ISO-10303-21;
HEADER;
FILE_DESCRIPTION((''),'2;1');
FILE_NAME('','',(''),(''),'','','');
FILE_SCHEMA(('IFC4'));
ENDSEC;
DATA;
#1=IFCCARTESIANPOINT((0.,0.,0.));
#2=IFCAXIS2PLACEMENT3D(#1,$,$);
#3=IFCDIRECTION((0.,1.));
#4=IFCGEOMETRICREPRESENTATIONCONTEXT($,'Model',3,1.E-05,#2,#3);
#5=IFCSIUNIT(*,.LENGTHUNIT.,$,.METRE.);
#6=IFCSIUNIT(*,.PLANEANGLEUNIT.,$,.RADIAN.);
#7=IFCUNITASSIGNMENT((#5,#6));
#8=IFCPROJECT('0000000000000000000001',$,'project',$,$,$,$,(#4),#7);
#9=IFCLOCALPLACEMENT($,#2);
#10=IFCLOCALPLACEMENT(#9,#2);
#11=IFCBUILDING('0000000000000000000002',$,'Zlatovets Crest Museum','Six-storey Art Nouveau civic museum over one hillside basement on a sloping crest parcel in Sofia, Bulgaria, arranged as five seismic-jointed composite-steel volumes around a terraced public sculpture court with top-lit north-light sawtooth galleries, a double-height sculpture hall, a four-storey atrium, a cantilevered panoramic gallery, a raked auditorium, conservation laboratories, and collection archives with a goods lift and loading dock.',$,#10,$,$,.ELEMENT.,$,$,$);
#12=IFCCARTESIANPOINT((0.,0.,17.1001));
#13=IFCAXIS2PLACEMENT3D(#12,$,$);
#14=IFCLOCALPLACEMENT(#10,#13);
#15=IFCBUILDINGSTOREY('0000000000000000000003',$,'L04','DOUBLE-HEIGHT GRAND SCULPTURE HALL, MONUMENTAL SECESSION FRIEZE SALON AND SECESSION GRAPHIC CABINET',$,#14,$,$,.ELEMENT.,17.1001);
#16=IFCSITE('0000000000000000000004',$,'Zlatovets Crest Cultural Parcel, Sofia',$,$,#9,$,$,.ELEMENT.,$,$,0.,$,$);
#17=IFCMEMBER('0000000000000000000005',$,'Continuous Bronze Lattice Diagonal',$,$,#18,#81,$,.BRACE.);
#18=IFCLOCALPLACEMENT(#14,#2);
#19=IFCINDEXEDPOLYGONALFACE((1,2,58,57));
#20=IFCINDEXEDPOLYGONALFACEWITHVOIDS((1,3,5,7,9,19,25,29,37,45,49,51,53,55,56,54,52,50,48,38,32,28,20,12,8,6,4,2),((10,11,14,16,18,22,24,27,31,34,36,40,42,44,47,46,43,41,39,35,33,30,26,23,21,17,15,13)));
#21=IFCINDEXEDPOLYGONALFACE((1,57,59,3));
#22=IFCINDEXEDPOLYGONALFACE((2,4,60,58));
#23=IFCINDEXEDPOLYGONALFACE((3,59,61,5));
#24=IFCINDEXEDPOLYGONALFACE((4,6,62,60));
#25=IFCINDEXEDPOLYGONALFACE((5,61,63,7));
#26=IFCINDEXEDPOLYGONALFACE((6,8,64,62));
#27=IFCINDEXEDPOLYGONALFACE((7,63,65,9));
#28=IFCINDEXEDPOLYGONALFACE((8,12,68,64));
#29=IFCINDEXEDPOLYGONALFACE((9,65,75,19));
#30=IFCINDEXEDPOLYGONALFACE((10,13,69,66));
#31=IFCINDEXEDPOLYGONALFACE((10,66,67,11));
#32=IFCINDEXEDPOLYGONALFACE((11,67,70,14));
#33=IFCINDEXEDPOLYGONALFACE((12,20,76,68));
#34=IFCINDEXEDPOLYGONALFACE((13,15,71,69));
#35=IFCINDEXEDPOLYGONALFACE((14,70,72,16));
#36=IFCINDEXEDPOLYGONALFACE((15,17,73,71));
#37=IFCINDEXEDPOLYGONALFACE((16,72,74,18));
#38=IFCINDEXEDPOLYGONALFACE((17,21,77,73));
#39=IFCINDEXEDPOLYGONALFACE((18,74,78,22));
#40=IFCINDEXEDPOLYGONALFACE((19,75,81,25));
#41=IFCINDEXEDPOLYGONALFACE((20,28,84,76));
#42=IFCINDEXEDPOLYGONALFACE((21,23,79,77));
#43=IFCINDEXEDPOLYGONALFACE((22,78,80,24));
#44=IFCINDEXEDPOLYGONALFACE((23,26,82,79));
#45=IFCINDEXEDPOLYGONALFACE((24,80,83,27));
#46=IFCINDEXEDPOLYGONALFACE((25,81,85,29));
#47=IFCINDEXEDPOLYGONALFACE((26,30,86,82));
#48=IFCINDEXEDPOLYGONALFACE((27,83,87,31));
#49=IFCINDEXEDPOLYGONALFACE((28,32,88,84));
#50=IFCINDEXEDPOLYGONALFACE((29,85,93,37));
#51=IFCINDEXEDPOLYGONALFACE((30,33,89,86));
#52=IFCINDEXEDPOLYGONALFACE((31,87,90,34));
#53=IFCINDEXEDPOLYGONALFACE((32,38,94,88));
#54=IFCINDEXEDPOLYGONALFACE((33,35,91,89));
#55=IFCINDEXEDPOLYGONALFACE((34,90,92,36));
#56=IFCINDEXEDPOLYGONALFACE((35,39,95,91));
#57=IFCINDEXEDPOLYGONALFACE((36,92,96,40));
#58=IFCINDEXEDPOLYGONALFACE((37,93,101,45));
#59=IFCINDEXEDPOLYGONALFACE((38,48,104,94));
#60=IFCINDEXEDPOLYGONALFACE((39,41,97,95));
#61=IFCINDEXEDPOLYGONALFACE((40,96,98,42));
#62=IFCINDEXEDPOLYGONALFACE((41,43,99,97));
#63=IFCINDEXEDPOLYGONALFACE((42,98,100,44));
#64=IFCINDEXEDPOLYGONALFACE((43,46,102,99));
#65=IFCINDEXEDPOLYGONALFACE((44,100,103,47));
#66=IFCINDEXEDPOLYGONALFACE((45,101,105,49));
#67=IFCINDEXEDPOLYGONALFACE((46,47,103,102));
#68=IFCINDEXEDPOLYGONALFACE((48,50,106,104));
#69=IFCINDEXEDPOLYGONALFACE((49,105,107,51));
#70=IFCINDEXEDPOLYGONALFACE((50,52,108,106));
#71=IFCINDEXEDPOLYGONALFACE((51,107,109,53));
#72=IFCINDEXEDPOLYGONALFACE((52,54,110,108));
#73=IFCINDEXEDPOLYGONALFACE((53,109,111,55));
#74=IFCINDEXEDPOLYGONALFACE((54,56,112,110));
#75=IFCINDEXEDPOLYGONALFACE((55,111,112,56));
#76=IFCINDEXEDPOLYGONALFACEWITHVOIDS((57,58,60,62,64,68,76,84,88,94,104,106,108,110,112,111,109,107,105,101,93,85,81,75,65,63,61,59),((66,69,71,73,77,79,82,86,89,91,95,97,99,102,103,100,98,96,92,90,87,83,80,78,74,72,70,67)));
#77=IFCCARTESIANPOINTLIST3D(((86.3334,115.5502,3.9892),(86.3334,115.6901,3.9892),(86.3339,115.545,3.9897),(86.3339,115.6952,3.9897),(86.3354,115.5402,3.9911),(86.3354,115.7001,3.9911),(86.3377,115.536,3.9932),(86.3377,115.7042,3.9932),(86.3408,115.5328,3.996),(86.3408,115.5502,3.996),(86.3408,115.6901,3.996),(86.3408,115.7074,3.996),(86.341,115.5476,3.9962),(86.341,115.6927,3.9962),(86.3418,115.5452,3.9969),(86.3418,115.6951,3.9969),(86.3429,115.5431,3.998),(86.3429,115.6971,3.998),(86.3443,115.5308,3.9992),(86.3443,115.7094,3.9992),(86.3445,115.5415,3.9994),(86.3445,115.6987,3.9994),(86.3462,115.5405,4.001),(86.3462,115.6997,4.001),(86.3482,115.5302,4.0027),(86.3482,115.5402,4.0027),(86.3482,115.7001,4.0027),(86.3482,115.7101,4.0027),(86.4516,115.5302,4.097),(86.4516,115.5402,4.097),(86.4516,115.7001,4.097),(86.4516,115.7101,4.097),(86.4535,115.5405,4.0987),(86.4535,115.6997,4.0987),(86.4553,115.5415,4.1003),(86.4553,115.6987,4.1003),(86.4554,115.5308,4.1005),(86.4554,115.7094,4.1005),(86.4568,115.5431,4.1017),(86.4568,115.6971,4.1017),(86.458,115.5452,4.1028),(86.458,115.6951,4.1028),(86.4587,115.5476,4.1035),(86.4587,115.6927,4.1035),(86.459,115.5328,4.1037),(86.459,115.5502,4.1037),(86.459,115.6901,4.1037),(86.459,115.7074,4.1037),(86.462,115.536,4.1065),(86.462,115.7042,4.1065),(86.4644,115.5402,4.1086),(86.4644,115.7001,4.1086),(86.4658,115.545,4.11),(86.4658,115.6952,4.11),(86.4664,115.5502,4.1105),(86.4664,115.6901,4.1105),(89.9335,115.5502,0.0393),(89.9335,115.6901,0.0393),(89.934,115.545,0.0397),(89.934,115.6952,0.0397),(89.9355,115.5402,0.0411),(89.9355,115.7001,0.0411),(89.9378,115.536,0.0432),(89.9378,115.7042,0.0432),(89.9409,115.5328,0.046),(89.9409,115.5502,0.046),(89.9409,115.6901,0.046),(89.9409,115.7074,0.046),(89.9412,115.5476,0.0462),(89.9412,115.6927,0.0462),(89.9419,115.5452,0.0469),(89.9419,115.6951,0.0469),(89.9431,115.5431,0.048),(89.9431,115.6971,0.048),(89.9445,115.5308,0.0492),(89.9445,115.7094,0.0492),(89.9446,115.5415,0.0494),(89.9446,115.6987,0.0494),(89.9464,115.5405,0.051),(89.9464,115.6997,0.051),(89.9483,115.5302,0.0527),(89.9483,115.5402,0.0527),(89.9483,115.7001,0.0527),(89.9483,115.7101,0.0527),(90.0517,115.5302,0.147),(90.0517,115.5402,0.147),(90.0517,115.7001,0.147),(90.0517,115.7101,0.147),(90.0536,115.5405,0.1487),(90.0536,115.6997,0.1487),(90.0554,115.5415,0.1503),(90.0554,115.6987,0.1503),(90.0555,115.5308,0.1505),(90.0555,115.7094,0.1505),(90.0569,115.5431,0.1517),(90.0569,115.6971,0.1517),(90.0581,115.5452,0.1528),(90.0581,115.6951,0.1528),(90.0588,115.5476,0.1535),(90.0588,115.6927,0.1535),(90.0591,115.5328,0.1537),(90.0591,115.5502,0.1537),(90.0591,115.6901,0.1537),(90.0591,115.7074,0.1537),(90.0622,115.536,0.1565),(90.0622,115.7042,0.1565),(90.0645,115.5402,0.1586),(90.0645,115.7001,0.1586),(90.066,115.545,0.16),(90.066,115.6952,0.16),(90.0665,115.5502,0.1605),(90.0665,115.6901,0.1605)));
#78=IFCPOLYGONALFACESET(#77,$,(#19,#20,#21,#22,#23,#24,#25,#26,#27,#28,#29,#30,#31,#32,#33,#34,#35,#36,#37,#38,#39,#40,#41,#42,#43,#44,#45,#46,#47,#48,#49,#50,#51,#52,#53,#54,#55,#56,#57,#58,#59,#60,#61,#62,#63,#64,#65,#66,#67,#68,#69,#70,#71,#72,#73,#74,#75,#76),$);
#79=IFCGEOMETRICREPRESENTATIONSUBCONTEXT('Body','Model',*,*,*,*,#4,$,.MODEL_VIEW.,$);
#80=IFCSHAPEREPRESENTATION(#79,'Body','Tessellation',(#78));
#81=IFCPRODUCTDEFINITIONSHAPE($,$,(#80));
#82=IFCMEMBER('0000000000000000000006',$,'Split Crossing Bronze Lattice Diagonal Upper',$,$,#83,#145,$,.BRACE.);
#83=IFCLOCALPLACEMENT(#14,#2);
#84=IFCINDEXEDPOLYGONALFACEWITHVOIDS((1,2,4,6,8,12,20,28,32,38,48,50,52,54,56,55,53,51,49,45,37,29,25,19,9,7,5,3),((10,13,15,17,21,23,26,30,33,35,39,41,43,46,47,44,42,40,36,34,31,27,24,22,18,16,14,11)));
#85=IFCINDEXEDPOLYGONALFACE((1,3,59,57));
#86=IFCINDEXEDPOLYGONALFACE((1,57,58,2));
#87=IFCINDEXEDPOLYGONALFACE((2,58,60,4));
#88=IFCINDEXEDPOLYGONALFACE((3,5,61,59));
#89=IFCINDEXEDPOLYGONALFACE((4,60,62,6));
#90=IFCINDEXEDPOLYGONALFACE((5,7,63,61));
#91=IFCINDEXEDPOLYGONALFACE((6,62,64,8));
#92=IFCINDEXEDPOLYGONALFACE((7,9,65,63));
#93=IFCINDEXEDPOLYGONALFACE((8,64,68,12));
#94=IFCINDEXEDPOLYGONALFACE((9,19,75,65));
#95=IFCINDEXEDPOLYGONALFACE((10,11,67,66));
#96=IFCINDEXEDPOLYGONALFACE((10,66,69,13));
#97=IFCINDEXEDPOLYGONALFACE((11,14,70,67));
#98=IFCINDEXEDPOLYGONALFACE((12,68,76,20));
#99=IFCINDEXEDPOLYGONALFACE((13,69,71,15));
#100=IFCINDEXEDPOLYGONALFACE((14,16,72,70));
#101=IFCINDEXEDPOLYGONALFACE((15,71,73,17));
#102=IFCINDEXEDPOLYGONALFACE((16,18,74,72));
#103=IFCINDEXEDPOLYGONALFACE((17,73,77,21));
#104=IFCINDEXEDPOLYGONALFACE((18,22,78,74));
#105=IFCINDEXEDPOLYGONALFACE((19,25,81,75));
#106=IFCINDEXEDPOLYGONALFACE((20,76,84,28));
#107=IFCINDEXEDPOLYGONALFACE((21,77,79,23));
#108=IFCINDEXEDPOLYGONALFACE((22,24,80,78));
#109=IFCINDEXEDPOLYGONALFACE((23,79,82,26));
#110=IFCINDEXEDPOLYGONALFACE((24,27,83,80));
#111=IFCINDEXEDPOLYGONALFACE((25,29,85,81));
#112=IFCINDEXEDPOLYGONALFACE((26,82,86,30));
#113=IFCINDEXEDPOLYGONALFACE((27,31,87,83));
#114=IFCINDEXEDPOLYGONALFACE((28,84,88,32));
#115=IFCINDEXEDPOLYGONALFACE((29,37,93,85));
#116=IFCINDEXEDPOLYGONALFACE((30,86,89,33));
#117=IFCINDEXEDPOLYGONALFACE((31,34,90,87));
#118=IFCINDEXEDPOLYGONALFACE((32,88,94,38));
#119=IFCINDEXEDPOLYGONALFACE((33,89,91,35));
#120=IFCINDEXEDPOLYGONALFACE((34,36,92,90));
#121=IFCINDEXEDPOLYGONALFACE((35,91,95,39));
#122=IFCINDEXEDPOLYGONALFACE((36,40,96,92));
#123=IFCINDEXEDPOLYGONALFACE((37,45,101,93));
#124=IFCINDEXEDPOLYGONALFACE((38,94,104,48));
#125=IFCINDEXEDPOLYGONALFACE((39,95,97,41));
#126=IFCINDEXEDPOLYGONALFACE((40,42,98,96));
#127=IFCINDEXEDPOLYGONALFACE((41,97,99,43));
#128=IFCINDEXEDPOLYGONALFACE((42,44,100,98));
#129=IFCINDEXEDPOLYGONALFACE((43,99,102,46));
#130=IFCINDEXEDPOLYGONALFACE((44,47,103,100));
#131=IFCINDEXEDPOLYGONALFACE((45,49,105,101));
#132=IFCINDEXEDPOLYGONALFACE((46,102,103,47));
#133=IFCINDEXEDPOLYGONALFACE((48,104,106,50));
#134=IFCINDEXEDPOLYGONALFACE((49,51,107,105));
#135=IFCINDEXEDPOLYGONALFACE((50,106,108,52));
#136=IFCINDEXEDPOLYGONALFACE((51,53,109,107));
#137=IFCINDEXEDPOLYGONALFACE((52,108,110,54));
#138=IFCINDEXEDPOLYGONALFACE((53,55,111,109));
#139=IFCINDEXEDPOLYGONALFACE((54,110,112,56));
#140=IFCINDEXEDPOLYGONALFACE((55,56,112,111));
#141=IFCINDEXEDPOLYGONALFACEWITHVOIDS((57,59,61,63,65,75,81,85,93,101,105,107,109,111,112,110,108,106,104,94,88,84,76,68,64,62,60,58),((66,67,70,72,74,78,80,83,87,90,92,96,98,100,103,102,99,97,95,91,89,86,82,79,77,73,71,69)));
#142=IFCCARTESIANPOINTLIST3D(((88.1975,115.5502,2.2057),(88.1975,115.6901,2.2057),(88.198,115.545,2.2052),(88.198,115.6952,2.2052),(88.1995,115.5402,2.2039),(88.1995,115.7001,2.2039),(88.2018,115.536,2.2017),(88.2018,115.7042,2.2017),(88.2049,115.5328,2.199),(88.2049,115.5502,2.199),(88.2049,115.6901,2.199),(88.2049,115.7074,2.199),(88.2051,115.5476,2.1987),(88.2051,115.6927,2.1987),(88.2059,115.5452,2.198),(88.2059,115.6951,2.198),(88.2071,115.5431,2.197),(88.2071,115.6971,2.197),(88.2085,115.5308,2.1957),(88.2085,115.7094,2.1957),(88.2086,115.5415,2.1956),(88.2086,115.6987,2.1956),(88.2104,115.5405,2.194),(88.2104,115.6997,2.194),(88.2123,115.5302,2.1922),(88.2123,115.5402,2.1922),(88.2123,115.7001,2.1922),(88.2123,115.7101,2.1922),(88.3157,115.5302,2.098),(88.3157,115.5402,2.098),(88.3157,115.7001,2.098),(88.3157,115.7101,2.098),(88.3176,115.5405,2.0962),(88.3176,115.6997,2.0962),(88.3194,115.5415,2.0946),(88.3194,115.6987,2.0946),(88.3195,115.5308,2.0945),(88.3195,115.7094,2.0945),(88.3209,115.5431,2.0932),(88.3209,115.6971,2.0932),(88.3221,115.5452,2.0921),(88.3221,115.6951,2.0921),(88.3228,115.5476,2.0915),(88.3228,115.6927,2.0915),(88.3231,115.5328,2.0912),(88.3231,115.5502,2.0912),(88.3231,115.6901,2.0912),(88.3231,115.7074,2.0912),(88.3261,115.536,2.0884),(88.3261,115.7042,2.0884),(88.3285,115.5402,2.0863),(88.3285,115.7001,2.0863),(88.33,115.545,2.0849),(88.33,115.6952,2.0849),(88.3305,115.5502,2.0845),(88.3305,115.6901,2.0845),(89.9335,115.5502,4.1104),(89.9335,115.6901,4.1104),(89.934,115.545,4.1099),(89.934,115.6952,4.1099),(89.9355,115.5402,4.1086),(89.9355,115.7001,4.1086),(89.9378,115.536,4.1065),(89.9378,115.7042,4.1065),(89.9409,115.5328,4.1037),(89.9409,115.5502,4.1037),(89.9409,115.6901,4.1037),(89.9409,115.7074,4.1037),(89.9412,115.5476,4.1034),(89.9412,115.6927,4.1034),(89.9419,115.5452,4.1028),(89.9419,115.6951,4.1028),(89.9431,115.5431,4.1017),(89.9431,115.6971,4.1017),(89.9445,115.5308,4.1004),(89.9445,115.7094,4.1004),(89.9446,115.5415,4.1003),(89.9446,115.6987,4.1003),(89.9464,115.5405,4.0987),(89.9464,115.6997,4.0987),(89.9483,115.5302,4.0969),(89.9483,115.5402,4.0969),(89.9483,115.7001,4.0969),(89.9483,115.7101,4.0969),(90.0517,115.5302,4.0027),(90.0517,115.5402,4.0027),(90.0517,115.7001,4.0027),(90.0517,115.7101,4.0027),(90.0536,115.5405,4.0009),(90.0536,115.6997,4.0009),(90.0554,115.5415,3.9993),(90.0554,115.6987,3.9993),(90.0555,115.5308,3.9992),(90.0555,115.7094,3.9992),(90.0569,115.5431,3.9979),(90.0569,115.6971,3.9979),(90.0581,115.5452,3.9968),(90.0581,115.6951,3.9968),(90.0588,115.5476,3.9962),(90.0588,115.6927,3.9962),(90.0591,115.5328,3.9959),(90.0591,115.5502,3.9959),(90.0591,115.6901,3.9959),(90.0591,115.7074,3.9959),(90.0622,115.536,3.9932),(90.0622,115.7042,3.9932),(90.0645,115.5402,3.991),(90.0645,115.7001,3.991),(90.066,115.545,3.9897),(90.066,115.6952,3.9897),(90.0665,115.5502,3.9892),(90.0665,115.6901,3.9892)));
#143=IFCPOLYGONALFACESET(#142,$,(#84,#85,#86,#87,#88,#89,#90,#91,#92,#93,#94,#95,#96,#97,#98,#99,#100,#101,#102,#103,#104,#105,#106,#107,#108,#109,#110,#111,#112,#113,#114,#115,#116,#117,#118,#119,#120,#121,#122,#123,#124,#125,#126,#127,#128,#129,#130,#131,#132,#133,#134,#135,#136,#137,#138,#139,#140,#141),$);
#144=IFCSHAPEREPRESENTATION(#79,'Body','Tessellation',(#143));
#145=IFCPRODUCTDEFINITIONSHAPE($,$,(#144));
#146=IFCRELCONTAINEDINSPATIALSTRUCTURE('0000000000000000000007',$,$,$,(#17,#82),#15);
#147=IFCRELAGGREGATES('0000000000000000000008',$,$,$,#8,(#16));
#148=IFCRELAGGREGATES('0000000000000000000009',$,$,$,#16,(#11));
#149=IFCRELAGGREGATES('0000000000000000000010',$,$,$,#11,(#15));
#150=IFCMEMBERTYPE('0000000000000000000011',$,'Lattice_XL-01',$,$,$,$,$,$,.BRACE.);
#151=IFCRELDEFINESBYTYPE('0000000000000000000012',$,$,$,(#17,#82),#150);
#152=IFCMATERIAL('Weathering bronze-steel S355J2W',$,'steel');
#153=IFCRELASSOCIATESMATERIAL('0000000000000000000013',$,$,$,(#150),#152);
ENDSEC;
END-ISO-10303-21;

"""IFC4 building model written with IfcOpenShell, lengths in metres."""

from ifc_helpers import new_model, si_unit, direction, frame, origin, origin_2d, place, context, subcontext, project, spatial, hollow_rectangle, extrude, material, material_profile, profile_set, type_object, element, save


model = new_model("IFC4")

# Units and contexts
model_context = context("Model", 3, precision=1e-05, world=origin(), true_north=direction((0.0, 1.0)))
body_context = subcontext(model_context, "Body", "Model", "MODEL_VIEW")
ifc_project = project(units=[si_unit("LENGTHUNIT", "METRE"), si_unit("PLANEANGLEUNIT", "RADIAN")], contexts=[model_context])

# Site, building, storey
site_placement = place(None, origin())
site = spatial("IfcSite", under=ifc_project, at=site_placement, Name="Zlatovets Crest Cultural Parcel, Sofia", CompositionType="ELEMENT", RefElevation=0.0)
building_placement = place(site_placement, origin())
building = spatial("IfcBuilding", under=site, at=building_placement, Name="Zlatovets Crest Museum", Description="Six-storey Art Nouveau civic museum over one hillside basement on a sloping crest parcel in Sofia, Bulgaria, arranged as five seismic-jointed composite-steel volumes around a terraced public sculpture court with top-lit north-light sawtooth galleries, a double-height sculpture hall, a four-storey atrium, a cantilevered panoramic gallery, a raked auditorium, conservation laboratories, and collection archives with a goods lift and loading dock.", CompositionType="ELEMENT")
storey_placement = place(building_placement, frame((0.0, 0.0, 17.1001)))
storey = spatial("IfcBuildingStorey", under=building, at=storey_placement, Name="L04", Description="DOUBLE-HEIGHT GRAND SCULPTURE HALL, MONUMENTAL SECESSION FRIEZE SALON AND SECESSION GRAPHIC CABINET", CompositionType="ELEMENT", Elevation=17.1001)

# Members
ifc_material_1 = material(Name="Weathering bronze-steel S355J2W", Category="steel")
ifc_material_profile_1 = material_profile(ifc_material_1, hollow_rectangle(XDim=0.1799, YDim=0.1799, WallThickness=0.01, InnerFilletRadius=0.01, OuterFilletRadius=0.02, at=origin_2d()), Name="SHS 180x180x10.0")
ifc_profile_set_1 = profile_set([ifc_material_profile_1], Name="Weathering bronze-steel S355J2W")
member_type_1 = type_object("IfcMemberType", Name="Lattice_XL-01", PredefinedType="BRACE", material=ifc_profile_set_1)
member_1_placement = place(storey_placement, frame((90.0, 115.6201, 0.0999), z_axis=(-0.673618, 0.0, 0.73908), x_axis=(0.0, -1.0, 0.0)))
element("IfcMember", 1, at=member_1_placement, inside=storey, type_object=member_type_1, Name="Continuous Bronze Lattice Diagonal", PredefinedType="BRACE", context=body_context, shape_type="SweptSolid", body=[
    extrude(hollow_rectangle(XDim=0.1799, YDim=0.1799, WallThickness=0.01, InnerFilletRadius=0.01, OuterFilletRadius=0.02, at=origin_2d()), origin(), (0.0, 0.0, 1.0), 5.3445),
])
for number, where, z_axis, x_axis, name in (
    (2, (90.0, 115.6201, 4.0498), (-0.67362, 0.0, -0.739078), (0.0, -1.0, 0.0), "Split Crossing Bronze Lattice Diagonal Upper"),
):
    element("IfcMember", number, at=place(storey_placement, frame(where, z_axis=z_axis, x_axis=x_axis)), inside=storey, type_object=member_type_1, Name=name, PredefinedType="BRACE", context=body_context, shape_type="SweptSolid", body=[
        extrude(hollow_rectangle(XDim=0.1799, YDim=0.1799, WallThickness=0.01, InnerFilletRadius=0.01, OuterFilletRadius=0.02, at=origin_2d()), origin(), (0.0, 0.0, 1.0), 2.5771),
    ])

save(model, "model.ifc")
